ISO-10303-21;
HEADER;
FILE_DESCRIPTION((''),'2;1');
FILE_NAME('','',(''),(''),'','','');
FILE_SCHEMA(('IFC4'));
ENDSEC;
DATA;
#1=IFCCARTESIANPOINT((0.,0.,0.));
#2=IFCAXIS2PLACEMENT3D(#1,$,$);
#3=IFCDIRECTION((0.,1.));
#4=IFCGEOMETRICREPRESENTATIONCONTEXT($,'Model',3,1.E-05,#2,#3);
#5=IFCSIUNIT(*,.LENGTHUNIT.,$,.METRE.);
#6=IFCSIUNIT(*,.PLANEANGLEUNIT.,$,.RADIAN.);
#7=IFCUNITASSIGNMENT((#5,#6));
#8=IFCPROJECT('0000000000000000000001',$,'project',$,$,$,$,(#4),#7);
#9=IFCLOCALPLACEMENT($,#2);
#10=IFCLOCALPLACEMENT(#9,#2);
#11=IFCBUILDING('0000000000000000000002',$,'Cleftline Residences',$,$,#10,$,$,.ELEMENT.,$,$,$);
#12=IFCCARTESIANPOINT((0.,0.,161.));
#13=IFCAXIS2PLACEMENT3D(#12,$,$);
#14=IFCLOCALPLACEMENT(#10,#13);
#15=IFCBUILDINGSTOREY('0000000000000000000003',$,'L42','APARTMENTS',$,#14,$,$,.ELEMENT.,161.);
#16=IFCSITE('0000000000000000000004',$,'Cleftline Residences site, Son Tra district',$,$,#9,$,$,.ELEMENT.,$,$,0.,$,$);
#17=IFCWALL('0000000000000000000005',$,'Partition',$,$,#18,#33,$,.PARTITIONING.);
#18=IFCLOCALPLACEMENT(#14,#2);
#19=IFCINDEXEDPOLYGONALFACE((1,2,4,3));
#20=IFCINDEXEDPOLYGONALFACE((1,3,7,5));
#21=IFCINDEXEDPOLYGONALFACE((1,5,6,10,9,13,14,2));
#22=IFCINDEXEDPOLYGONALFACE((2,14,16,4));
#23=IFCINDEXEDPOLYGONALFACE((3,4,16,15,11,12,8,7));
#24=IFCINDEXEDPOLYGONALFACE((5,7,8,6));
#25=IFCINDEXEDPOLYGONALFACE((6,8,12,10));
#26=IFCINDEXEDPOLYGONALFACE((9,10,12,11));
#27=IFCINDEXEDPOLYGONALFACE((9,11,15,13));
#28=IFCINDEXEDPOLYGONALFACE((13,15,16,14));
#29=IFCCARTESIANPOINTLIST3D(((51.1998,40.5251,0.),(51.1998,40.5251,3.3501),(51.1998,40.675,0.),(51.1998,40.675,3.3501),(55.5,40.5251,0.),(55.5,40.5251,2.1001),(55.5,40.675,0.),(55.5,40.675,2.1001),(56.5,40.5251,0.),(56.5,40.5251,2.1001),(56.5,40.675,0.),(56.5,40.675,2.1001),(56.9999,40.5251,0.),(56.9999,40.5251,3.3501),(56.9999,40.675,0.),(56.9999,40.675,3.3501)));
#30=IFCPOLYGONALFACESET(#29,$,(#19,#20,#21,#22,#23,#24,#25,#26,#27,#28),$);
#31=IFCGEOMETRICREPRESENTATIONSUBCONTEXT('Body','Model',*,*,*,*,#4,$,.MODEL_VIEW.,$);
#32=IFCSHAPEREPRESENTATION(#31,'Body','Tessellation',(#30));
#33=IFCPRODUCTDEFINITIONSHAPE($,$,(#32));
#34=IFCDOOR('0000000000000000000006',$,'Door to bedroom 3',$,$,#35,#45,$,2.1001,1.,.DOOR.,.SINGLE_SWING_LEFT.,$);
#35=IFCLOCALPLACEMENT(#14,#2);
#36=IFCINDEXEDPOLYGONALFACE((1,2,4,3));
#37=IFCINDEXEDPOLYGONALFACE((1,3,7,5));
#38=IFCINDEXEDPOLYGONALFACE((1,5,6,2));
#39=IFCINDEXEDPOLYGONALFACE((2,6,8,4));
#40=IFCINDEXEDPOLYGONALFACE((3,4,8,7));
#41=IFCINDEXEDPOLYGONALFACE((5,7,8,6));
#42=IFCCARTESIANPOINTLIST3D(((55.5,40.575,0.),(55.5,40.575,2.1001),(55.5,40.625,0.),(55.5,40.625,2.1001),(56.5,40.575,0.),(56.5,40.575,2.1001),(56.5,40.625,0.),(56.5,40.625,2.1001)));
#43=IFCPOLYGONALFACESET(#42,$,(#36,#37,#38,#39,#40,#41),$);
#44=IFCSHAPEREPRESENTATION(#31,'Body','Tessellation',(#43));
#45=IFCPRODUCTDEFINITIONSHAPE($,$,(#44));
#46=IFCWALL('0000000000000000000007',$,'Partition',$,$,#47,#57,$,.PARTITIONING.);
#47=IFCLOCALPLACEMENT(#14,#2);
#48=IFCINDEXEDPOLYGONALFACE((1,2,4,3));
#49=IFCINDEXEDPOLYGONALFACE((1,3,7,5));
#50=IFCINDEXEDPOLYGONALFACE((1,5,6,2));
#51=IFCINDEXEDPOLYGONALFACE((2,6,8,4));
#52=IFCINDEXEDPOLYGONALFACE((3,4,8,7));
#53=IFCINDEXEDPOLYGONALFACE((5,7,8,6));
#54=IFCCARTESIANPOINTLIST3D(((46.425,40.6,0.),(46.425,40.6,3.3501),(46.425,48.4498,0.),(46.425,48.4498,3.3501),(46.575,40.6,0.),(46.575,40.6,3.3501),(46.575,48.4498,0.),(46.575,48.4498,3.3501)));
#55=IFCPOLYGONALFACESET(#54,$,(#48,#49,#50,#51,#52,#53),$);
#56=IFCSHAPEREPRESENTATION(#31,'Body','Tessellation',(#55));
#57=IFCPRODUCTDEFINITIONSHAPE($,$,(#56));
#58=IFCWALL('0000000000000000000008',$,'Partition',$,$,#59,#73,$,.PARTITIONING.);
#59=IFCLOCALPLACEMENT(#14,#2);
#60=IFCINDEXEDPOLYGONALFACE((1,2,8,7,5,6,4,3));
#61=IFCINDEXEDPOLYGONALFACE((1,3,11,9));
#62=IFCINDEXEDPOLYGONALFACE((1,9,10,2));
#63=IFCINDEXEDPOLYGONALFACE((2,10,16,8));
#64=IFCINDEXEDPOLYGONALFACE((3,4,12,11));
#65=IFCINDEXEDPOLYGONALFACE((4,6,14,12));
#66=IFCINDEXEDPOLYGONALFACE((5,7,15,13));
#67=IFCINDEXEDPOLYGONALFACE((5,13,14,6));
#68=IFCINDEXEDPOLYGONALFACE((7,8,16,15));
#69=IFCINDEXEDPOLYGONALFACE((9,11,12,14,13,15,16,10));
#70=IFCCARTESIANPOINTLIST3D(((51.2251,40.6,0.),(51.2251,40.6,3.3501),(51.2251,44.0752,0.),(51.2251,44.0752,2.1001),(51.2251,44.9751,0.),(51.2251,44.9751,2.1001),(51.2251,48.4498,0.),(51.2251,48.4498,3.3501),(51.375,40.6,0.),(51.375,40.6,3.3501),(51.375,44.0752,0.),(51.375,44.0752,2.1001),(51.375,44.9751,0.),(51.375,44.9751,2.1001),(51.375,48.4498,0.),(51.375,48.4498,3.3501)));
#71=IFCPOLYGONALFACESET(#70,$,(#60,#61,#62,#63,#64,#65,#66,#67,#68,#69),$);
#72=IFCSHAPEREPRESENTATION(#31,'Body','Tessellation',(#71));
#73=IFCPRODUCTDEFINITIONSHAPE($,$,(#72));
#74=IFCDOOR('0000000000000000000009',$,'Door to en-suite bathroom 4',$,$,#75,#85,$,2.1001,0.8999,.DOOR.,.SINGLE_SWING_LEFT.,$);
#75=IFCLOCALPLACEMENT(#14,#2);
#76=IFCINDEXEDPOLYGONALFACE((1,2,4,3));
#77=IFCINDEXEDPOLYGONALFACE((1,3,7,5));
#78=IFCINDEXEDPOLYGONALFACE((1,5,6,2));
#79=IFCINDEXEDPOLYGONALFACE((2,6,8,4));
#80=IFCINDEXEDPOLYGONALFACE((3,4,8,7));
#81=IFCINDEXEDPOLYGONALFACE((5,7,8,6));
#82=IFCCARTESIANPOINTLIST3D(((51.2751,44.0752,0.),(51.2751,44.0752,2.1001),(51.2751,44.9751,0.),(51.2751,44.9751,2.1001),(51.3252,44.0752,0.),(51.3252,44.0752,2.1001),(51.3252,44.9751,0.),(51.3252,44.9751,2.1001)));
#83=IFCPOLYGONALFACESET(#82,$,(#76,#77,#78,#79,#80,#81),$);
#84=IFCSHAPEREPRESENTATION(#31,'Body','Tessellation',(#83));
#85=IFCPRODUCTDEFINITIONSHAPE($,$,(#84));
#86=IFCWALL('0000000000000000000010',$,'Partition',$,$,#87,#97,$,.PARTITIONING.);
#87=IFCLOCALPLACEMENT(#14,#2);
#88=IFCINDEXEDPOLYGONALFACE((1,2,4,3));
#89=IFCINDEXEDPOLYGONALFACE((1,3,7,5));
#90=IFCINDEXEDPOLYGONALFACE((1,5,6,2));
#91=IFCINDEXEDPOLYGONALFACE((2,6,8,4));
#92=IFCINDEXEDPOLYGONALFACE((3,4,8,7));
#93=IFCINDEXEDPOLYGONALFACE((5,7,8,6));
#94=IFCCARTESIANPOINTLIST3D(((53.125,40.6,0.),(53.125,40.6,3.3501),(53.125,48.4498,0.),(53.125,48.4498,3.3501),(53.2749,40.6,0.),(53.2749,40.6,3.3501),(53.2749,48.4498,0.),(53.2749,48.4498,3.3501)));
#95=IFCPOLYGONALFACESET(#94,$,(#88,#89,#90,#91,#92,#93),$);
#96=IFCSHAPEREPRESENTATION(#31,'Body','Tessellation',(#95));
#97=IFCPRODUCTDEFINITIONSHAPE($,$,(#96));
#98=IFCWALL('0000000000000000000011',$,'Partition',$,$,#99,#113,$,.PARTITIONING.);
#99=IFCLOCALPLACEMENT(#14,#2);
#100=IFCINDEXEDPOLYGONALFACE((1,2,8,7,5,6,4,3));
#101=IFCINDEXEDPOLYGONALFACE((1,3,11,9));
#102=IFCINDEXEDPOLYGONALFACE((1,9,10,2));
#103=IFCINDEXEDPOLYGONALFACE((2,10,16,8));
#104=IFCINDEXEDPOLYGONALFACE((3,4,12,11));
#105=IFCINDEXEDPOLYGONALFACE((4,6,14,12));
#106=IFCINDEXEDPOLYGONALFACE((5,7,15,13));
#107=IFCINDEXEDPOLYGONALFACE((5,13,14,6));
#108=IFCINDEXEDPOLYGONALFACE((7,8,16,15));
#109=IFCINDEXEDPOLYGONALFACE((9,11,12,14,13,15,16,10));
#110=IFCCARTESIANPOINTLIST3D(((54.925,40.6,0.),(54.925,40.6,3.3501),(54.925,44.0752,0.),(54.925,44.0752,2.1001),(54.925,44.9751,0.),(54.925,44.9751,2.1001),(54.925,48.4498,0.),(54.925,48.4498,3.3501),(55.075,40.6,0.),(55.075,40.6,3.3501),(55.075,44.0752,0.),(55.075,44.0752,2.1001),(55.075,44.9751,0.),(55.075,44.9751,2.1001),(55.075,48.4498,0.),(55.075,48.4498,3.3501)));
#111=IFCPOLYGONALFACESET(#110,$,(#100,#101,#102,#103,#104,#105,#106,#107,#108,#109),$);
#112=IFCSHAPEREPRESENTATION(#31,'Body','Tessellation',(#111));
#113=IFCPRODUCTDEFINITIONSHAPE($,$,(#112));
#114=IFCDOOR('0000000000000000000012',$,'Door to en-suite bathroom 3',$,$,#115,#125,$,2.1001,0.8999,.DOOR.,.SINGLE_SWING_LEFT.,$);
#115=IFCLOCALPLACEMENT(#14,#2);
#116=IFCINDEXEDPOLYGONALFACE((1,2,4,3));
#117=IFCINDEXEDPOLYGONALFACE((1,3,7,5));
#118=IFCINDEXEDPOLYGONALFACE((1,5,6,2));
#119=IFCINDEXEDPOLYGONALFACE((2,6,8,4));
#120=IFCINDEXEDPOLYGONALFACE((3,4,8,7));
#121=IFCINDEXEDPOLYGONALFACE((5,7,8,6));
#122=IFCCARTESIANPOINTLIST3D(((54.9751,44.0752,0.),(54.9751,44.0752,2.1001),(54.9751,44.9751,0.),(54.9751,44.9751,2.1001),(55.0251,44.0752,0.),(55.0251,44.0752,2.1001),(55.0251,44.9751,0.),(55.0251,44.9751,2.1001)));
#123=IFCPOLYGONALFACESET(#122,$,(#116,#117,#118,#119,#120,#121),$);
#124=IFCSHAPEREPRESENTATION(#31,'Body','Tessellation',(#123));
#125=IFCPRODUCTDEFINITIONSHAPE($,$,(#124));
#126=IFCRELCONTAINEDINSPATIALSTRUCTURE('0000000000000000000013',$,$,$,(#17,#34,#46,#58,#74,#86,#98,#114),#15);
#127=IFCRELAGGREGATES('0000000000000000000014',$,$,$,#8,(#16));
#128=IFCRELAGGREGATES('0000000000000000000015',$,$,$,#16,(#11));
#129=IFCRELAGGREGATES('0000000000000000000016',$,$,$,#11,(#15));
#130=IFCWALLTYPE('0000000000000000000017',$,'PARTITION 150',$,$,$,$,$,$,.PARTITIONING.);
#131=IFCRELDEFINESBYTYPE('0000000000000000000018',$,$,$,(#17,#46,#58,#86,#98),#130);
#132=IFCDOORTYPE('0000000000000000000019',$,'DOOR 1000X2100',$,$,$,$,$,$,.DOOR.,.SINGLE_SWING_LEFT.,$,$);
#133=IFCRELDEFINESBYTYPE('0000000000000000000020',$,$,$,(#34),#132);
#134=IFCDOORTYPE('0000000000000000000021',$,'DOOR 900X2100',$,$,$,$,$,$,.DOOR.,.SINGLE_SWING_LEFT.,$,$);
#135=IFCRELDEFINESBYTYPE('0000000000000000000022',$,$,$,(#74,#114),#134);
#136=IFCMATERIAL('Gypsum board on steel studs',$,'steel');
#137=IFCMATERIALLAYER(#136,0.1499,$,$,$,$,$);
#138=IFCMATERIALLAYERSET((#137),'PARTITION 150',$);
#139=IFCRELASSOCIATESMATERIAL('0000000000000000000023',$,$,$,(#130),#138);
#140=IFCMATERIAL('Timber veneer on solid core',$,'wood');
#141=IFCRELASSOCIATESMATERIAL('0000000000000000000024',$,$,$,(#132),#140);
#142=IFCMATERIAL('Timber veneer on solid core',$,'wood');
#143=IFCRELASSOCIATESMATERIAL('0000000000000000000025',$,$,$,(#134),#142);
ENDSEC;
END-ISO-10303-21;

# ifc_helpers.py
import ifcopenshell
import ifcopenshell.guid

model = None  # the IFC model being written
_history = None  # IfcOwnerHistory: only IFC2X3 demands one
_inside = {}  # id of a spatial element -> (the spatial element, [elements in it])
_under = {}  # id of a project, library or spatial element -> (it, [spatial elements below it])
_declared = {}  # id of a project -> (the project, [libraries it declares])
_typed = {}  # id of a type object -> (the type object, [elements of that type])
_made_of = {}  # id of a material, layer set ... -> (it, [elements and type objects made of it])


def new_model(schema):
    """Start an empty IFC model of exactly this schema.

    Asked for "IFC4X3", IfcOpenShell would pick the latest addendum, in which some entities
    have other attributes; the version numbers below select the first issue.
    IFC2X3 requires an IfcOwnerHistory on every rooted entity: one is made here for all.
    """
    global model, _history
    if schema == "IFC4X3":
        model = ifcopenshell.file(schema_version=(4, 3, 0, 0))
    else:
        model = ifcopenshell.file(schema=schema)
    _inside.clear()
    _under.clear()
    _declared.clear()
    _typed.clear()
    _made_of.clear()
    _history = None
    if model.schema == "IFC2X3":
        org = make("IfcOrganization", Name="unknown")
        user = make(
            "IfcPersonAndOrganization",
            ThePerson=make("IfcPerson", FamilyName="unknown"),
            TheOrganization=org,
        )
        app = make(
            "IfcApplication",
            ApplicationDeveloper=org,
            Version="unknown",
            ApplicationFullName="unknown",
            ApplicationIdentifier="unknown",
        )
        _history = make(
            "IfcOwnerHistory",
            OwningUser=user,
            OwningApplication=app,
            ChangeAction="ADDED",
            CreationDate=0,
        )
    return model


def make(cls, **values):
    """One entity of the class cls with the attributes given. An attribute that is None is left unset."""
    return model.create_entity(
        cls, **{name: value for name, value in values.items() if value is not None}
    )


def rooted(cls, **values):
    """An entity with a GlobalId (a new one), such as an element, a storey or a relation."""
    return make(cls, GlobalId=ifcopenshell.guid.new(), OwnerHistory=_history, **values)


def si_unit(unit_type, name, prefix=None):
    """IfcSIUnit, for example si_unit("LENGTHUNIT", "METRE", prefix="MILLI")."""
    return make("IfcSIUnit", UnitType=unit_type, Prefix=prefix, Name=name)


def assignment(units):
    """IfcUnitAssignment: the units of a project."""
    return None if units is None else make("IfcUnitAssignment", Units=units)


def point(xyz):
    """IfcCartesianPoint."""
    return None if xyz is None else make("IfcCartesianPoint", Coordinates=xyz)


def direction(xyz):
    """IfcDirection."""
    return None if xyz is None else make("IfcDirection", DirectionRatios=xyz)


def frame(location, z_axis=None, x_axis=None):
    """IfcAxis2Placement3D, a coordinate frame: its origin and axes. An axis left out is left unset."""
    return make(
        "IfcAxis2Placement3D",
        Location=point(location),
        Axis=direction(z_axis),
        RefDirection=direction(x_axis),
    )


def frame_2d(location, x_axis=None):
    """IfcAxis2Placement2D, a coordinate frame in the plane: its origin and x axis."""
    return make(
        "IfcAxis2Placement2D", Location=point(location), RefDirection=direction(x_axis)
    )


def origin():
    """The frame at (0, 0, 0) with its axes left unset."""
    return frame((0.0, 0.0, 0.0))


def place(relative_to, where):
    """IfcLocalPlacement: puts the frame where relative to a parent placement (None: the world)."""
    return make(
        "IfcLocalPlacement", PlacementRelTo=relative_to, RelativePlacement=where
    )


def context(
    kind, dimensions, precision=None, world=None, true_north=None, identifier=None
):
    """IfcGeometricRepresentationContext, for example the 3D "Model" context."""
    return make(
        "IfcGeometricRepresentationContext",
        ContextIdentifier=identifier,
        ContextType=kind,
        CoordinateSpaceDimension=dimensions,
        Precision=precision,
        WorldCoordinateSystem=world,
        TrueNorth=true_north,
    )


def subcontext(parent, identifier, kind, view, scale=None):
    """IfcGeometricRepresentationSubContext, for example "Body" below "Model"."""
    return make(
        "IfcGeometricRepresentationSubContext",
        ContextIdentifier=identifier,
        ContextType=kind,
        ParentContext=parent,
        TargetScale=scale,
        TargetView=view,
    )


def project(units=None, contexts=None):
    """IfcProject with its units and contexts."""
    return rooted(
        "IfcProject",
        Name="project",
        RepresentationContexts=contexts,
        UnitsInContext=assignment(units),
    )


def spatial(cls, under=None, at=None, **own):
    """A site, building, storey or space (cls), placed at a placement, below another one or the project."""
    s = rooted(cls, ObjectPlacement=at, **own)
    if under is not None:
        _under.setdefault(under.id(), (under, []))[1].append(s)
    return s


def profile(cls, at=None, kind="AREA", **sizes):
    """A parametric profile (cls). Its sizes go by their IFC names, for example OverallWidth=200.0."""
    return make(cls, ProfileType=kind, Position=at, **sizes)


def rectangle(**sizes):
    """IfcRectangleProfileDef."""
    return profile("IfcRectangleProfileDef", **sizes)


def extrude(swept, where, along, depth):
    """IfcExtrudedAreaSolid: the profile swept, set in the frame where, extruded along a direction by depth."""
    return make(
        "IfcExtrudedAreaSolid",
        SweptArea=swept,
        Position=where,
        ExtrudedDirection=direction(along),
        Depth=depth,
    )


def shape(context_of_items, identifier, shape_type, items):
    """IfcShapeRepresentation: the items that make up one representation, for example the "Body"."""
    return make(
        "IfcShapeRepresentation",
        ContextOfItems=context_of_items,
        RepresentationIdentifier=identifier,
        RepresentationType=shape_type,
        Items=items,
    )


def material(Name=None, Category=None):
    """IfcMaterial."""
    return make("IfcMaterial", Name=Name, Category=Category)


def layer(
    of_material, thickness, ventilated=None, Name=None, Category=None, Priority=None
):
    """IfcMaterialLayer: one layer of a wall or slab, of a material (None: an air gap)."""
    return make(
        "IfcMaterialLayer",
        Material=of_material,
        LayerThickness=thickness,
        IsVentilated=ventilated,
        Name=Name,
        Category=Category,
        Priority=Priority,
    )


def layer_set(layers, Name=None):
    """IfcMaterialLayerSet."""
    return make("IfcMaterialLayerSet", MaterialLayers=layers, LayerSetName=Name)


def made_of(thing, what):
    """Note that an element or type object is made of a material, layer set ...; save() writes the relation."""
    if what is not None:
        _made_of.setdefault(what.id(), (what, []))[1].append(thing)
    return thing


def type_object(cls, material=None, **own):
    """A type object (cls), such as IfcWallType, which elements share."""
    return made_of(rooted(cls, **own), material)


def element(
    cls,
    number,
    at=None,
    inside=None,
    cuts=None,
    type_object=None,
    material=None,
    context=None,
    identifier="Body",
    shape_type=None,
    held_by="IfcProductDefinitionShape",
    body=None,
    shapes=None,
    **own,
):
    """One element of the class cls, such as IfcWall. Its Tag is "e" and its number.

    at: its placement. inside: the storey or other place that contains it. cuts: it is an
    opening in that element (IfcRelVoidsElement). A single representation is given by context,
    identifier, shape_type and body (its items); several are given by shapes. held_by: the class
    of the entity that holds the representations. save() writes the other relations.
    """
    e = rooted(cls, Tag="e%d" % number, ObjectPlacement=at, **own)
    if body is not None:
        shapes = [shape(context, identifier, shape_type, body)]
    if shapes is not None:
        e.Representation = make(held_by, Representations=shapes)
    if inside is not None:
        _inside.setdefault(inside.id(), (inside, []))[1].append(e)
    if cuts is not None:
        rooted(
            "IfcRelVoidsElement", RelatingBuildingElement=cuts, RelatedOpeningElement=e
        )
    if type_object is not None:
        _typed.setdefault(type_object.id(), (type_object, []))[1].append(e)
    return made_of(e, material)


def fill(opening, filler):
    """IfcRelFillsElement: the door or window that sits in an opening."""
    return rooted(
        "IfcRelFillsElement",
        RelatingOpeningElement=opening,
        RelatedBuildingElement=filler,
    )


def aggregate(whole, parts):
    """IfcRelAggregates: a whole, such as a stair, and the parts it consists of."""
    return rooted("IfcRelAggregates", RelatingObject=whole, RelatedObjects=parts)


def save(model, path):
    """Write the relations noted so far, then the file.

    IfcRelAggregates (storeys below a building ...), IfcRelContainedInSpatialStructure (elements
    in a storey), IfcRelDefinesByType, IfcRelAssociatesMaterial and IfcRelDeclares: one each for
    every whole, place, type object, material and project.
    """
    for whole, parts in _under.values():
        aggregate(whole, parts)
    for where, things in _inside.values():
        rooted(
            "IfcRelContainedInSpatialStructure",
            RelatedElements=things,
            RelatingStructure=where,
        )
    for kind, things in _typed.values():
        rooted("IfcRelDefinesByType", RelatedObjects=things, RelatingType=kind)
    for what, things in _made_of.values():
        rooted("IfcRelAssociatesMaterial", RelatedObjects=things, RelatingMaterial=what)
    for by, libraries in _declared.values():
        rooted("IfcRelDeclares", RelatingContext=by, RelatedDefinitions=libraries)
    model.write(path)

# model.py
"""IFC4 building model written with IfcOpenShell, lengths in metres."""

from ifc_helpers import new_model, si_unit, direction, frame, frame_2d, origin, place, context, subcontext, project, spatial, rectangle, extrude, material, layer, layer_set, type_object, element, fill, save


model = new_model("IFC4")

# Units and contexts
model_context = context("Model", 3, precision=1e-05, world=origin(), true_north=direction((0.0, 1.0)))
body_context = subcontext(model_context, "Body", "Model", "MODEL_VIEW")
ifc_project = project(units=[si_unit("LENGTHUNIT", "METRE"), si_unit("PLANEANGLEUNIT", "RADIAN")], contexts=[model_context])

# Site, building, storey
site_placement = place(None, origin())
site = spatial("IfcSite", under=ifc_project, at=site_placement, Name="Cleftline Residences site, Son Tra district", CompositionType="ELEMENT", RefElevation=0.0)
building_placement = place(site_placement, origin())
building = spatial("IfcBuilding", under=site, at=building_placement, Name="Cleftline Residences", CompositionType="ELEMENT")
storey_placement = place(building_placement, frame((0.0, 0.0, 161.0)))
storey = spatial("IfcBuildingStorey", under=building, at=storey_placement, Name="L42", Description="APARTMENTS", CompositionType="ELEMENT", Elevation=161.0)

# Shared definitions
ifc_material_1 = material(Name="Gypsum board on steel studs", Category="steel")
ifc_layer = layer(ifc_material_1, 0.1499)
ifc_layer_set = layer_set([ifc_layer], Name="PARTITION 150")
wall_type = type_object("IfcWallType", Name="PARTITION 150", PredefinedType="PARTITIONING", material=ifc_layer_set)
ifc_material_2 = material(Name="Timber veneer on solid core", Category="wood")
door_type_1 = type_object("IfcDoorType", Name="DOOR 1000X2100", OperationType="SINGLE_SWING_LEFT", PredefinedType="DOOR", material=ifc_material_2)

# Wall, opening, door
wall_1_placement = place(storey_placement, frame((51.2, 40.6001, 0.0), z_axis=(0.0, 0.0, 1.0), x_axis=(1.0, 0.0, 0.0)))
wall_1 = element("IfcWall", 1, at=wall_1_placement, inside=storey, type_object=wall_type, Name="Partition", PredefinedType="PARTITIONING", context=body_context, shape_type="SweptSolid", body=[
    extrude(rectangle(XDim=5.8, YDim=0.1499, at=frame_2d((2.8999, 0.0))), origin(), (0.0, 0.0, 1.0), 3.3501),
])
opening_1_placement = place(wall_1_placement, frame((4.3, 0.0, 0.0)))
opening_1 = element("IfcOpeningElement", 2, at=opening_1_placement, cuts=wall_1, PredefinedType="OPENING", context=body_context, shape_type="SweptSolid", body=[
    extrude(rectangle(XDim=1.0, YDim=2.1001, at=frame_2d((0.5, 1.05))), frame((0.0, 0.085, 0.0), z_axis=(0.0, -1.0, 0.0), x_axis=(1.0, 0.0, 0.0)), (0.0, 0.0, 1.0), 0.1699),
])
door_1_placement = place(opening_1_placement, origin())
door_1 = element("IfcDoor", 3, at=door_1_placement, inside=storey, type_object=door_type_1, Name="Door to bedroom 3", OperationType="SINGLE_SWING_LEFT", OverallHeight=2.1001, OverallWidth=1.0, PredefinedType="DOOR", context=body_context, shape_type="SweptSolid", body=[
    extrude(rectangle(XDim=1.0, YDim=2.1001, at=frame_2d((0.5, 1.05))), frame((0.0, 0.0249, 0.0), z_axis=(0.0, -1.0, 0.0), x_axis=(1.0, 0.0, 0.0)), (0.0, 0.0, 1.0), 0.05),
])
fill(opening_1, door_1)

# Wall
wall_2_placement = place(storey_placement, frame((46.5, 40.6001, 0.0), z_axis=(0.0, 0.0, 1.0), x_axis=(0.0, 1.0, 0.0)))
element("IfcWall", 4, at=wall_2_placement, inside=storey, type_object=wall_type, Name="Partition", PredefinedType="PARTITIONING", context=body_context, shape_type="SweptSolid", body=[
    extrude(rectangle(XDim=7.8499, YDim=0.1499, at=frame_2d((3.9248, 0.0))), origin(), (0.0, 0.0, 1.0), 3.3501),
])

# Wall, opening, door
wall_3_placement = place(storey_placement, frame((51.3, 40.6001, 0.0), z_axis=(0.0, 0.0, 1.0), x_axis=(0.0, 1.0, 0.0)))
wall_3 = element("IfcWall", 5, at=wall_3_placement, inside=storey, type_object=wall_type, Name="Partition", PredefinedType="PARTITIONING", context=body_context, shape_type="SweptSolid", body=[
    extrude(rectangle(XDim=7.8499, YDim=0.1499, at=frame_2d((3.9248, 0.0))), origin(), (0.0, 0.0, 1.0), 3.3501),
])
opening_2_placement = place(wall_3_placement, frame((3.4751, 0.0, 0.0)))
opening_2 = element("IfcOpeningElement", 6, at=opening_2_placement, cuts=wall_3, PredefinedType="OPENING", context=body_context, shape_type="SweptSolid", body=[
    extrude(rectangle(XDim=0.8999, YDim=2.1001, at=frame_2d((0.45, 1.05))), frame((0.0, 0.085, 0.0), z_axis=(0.0, -1.0, 0.0), x_axis=(1.0, 0.0, 0.0)), (0.0, 0.0, 1.0), 0.1699),
])
ifc_material_3 = material(Name="Timber veneer on solid core", Category="wood")
door_type_2 = type_object("IfcDoorType", Name="DOOR 900X2100", OperationType="SINGLE_SWING_LEFT", PredefinedType="DOOR", material=ifc_material_3)
door_2_placement = place(opening_2_placement, origin())
door_2 = element("IfcDoor", 7, at=door_2_placement, inside=storey, type_object=door_type_2, Name="Door to en-suite bathroom 4", OperationType="SINGLE_SWING_LEFT", OverallHeight=2.1001, OverallWidth=0.8999, PredefinedType="DOOR", context=body_context, shape_type="SweptSolid", body=[
    extrude(rectangle(XDim=0.8999, YDim=2.1001, at=frame_2d((0.45, 1.05))), frame((0.0, 0.0249, 0.0), z_axis=(0.0, -1.0, 0.0), x_axis=(1.0, 0.0, 0.0)), (0.0, 0.0, 1.0), 0.05),
])
fill(opening_2, door_2)

# Wall
wall_4_placement = place(storey_placement, frame((53.2, 40.6001, 0.0), z_axis=(0.0, 0.0, 1.0), x_axis=(0.0, 1.0, 0.0)))
element("IfcWall", 8, at=wall_4_placement, inside=storey, type_object=wall_type, Name="Partition", PredefinedType="PARTITIONING", context=body_context, shape_type="SweptSolid", body=[
    extrude(rectangle(XDim=7.8499, YDim=0.1499, at=frame_2d((3.9248, 0.0))), origin(), (0.0, 0.0, 1.0), 3.3501),
])

# Wall, opening, door
wall_5_placement = place(storey_placement, frame((55.0, 40.6001, 0.0), z_axis=(0.0, 0.0, 1.0), x_axis=(0.0, 1.0, 0.0)))
wall_5 = element("IfcWall", 9, at=wall_5_placement, inside=storey, type_object=wall_type, Name="Partition", PredefinedType="PARTITIONING", context=body_context, shape_type="SweptSolid", body=[
    extrude(rectangle(XDim=7.8499, YDim=0.1499, at=frame_2d((3.9248, 0.0))), origin(), (0.0, 0.0, 1.0), 3.3501),
])
opening_3_placement = place(wall_5_placement, frame((3.4751, 0.0, 0.0)))
opening_3 = element("IfcOpeningElement", 10, at=opening_3_placement, cuts=wall_5, PredefinedType="OPENING", context=body_context, shape_type="SweptSolid", body=[
    extrude(rectangle(XDim=0.8999, YDim=2.1001, at=frame_2d((0.45, 1.05))), frame((0.0, 0.085, 0.0), z_axis=(0.0, -1.0, 0.0), x_axis=(1.0, 0.0, 0.0)), (0.0, 0.0, 1.0), 0.1699),
])
door_3_placement = place(opening_3_placement, origin())
door_3 = element("IfcDoor", 11, at=door_3_placement, inside=storey, type_object=door_type_2, Name="Door to en-suite bathroom 3", OperationType="SINGLE_SWING_LEFT", OverallHeight=2.1001, OverallWidth=0.8999, PredefinedType="DOOR", context=body_context, shape_type="SweptSolid", body=[
    extrude(rectangle(XDim=0.8999, YDim=2.1001, at=frame_2d((0.45, 1.05))), frame((0.0, 0.0249, 0.0), z_axis=(0.0, -1.0, 0.0), x_axis=(1.0, 0.0, 0.0)), (0.0, 0.0, 1.0), 0.05),
])
fill(opening_3, door_3)

save(model, "model.ifc")
